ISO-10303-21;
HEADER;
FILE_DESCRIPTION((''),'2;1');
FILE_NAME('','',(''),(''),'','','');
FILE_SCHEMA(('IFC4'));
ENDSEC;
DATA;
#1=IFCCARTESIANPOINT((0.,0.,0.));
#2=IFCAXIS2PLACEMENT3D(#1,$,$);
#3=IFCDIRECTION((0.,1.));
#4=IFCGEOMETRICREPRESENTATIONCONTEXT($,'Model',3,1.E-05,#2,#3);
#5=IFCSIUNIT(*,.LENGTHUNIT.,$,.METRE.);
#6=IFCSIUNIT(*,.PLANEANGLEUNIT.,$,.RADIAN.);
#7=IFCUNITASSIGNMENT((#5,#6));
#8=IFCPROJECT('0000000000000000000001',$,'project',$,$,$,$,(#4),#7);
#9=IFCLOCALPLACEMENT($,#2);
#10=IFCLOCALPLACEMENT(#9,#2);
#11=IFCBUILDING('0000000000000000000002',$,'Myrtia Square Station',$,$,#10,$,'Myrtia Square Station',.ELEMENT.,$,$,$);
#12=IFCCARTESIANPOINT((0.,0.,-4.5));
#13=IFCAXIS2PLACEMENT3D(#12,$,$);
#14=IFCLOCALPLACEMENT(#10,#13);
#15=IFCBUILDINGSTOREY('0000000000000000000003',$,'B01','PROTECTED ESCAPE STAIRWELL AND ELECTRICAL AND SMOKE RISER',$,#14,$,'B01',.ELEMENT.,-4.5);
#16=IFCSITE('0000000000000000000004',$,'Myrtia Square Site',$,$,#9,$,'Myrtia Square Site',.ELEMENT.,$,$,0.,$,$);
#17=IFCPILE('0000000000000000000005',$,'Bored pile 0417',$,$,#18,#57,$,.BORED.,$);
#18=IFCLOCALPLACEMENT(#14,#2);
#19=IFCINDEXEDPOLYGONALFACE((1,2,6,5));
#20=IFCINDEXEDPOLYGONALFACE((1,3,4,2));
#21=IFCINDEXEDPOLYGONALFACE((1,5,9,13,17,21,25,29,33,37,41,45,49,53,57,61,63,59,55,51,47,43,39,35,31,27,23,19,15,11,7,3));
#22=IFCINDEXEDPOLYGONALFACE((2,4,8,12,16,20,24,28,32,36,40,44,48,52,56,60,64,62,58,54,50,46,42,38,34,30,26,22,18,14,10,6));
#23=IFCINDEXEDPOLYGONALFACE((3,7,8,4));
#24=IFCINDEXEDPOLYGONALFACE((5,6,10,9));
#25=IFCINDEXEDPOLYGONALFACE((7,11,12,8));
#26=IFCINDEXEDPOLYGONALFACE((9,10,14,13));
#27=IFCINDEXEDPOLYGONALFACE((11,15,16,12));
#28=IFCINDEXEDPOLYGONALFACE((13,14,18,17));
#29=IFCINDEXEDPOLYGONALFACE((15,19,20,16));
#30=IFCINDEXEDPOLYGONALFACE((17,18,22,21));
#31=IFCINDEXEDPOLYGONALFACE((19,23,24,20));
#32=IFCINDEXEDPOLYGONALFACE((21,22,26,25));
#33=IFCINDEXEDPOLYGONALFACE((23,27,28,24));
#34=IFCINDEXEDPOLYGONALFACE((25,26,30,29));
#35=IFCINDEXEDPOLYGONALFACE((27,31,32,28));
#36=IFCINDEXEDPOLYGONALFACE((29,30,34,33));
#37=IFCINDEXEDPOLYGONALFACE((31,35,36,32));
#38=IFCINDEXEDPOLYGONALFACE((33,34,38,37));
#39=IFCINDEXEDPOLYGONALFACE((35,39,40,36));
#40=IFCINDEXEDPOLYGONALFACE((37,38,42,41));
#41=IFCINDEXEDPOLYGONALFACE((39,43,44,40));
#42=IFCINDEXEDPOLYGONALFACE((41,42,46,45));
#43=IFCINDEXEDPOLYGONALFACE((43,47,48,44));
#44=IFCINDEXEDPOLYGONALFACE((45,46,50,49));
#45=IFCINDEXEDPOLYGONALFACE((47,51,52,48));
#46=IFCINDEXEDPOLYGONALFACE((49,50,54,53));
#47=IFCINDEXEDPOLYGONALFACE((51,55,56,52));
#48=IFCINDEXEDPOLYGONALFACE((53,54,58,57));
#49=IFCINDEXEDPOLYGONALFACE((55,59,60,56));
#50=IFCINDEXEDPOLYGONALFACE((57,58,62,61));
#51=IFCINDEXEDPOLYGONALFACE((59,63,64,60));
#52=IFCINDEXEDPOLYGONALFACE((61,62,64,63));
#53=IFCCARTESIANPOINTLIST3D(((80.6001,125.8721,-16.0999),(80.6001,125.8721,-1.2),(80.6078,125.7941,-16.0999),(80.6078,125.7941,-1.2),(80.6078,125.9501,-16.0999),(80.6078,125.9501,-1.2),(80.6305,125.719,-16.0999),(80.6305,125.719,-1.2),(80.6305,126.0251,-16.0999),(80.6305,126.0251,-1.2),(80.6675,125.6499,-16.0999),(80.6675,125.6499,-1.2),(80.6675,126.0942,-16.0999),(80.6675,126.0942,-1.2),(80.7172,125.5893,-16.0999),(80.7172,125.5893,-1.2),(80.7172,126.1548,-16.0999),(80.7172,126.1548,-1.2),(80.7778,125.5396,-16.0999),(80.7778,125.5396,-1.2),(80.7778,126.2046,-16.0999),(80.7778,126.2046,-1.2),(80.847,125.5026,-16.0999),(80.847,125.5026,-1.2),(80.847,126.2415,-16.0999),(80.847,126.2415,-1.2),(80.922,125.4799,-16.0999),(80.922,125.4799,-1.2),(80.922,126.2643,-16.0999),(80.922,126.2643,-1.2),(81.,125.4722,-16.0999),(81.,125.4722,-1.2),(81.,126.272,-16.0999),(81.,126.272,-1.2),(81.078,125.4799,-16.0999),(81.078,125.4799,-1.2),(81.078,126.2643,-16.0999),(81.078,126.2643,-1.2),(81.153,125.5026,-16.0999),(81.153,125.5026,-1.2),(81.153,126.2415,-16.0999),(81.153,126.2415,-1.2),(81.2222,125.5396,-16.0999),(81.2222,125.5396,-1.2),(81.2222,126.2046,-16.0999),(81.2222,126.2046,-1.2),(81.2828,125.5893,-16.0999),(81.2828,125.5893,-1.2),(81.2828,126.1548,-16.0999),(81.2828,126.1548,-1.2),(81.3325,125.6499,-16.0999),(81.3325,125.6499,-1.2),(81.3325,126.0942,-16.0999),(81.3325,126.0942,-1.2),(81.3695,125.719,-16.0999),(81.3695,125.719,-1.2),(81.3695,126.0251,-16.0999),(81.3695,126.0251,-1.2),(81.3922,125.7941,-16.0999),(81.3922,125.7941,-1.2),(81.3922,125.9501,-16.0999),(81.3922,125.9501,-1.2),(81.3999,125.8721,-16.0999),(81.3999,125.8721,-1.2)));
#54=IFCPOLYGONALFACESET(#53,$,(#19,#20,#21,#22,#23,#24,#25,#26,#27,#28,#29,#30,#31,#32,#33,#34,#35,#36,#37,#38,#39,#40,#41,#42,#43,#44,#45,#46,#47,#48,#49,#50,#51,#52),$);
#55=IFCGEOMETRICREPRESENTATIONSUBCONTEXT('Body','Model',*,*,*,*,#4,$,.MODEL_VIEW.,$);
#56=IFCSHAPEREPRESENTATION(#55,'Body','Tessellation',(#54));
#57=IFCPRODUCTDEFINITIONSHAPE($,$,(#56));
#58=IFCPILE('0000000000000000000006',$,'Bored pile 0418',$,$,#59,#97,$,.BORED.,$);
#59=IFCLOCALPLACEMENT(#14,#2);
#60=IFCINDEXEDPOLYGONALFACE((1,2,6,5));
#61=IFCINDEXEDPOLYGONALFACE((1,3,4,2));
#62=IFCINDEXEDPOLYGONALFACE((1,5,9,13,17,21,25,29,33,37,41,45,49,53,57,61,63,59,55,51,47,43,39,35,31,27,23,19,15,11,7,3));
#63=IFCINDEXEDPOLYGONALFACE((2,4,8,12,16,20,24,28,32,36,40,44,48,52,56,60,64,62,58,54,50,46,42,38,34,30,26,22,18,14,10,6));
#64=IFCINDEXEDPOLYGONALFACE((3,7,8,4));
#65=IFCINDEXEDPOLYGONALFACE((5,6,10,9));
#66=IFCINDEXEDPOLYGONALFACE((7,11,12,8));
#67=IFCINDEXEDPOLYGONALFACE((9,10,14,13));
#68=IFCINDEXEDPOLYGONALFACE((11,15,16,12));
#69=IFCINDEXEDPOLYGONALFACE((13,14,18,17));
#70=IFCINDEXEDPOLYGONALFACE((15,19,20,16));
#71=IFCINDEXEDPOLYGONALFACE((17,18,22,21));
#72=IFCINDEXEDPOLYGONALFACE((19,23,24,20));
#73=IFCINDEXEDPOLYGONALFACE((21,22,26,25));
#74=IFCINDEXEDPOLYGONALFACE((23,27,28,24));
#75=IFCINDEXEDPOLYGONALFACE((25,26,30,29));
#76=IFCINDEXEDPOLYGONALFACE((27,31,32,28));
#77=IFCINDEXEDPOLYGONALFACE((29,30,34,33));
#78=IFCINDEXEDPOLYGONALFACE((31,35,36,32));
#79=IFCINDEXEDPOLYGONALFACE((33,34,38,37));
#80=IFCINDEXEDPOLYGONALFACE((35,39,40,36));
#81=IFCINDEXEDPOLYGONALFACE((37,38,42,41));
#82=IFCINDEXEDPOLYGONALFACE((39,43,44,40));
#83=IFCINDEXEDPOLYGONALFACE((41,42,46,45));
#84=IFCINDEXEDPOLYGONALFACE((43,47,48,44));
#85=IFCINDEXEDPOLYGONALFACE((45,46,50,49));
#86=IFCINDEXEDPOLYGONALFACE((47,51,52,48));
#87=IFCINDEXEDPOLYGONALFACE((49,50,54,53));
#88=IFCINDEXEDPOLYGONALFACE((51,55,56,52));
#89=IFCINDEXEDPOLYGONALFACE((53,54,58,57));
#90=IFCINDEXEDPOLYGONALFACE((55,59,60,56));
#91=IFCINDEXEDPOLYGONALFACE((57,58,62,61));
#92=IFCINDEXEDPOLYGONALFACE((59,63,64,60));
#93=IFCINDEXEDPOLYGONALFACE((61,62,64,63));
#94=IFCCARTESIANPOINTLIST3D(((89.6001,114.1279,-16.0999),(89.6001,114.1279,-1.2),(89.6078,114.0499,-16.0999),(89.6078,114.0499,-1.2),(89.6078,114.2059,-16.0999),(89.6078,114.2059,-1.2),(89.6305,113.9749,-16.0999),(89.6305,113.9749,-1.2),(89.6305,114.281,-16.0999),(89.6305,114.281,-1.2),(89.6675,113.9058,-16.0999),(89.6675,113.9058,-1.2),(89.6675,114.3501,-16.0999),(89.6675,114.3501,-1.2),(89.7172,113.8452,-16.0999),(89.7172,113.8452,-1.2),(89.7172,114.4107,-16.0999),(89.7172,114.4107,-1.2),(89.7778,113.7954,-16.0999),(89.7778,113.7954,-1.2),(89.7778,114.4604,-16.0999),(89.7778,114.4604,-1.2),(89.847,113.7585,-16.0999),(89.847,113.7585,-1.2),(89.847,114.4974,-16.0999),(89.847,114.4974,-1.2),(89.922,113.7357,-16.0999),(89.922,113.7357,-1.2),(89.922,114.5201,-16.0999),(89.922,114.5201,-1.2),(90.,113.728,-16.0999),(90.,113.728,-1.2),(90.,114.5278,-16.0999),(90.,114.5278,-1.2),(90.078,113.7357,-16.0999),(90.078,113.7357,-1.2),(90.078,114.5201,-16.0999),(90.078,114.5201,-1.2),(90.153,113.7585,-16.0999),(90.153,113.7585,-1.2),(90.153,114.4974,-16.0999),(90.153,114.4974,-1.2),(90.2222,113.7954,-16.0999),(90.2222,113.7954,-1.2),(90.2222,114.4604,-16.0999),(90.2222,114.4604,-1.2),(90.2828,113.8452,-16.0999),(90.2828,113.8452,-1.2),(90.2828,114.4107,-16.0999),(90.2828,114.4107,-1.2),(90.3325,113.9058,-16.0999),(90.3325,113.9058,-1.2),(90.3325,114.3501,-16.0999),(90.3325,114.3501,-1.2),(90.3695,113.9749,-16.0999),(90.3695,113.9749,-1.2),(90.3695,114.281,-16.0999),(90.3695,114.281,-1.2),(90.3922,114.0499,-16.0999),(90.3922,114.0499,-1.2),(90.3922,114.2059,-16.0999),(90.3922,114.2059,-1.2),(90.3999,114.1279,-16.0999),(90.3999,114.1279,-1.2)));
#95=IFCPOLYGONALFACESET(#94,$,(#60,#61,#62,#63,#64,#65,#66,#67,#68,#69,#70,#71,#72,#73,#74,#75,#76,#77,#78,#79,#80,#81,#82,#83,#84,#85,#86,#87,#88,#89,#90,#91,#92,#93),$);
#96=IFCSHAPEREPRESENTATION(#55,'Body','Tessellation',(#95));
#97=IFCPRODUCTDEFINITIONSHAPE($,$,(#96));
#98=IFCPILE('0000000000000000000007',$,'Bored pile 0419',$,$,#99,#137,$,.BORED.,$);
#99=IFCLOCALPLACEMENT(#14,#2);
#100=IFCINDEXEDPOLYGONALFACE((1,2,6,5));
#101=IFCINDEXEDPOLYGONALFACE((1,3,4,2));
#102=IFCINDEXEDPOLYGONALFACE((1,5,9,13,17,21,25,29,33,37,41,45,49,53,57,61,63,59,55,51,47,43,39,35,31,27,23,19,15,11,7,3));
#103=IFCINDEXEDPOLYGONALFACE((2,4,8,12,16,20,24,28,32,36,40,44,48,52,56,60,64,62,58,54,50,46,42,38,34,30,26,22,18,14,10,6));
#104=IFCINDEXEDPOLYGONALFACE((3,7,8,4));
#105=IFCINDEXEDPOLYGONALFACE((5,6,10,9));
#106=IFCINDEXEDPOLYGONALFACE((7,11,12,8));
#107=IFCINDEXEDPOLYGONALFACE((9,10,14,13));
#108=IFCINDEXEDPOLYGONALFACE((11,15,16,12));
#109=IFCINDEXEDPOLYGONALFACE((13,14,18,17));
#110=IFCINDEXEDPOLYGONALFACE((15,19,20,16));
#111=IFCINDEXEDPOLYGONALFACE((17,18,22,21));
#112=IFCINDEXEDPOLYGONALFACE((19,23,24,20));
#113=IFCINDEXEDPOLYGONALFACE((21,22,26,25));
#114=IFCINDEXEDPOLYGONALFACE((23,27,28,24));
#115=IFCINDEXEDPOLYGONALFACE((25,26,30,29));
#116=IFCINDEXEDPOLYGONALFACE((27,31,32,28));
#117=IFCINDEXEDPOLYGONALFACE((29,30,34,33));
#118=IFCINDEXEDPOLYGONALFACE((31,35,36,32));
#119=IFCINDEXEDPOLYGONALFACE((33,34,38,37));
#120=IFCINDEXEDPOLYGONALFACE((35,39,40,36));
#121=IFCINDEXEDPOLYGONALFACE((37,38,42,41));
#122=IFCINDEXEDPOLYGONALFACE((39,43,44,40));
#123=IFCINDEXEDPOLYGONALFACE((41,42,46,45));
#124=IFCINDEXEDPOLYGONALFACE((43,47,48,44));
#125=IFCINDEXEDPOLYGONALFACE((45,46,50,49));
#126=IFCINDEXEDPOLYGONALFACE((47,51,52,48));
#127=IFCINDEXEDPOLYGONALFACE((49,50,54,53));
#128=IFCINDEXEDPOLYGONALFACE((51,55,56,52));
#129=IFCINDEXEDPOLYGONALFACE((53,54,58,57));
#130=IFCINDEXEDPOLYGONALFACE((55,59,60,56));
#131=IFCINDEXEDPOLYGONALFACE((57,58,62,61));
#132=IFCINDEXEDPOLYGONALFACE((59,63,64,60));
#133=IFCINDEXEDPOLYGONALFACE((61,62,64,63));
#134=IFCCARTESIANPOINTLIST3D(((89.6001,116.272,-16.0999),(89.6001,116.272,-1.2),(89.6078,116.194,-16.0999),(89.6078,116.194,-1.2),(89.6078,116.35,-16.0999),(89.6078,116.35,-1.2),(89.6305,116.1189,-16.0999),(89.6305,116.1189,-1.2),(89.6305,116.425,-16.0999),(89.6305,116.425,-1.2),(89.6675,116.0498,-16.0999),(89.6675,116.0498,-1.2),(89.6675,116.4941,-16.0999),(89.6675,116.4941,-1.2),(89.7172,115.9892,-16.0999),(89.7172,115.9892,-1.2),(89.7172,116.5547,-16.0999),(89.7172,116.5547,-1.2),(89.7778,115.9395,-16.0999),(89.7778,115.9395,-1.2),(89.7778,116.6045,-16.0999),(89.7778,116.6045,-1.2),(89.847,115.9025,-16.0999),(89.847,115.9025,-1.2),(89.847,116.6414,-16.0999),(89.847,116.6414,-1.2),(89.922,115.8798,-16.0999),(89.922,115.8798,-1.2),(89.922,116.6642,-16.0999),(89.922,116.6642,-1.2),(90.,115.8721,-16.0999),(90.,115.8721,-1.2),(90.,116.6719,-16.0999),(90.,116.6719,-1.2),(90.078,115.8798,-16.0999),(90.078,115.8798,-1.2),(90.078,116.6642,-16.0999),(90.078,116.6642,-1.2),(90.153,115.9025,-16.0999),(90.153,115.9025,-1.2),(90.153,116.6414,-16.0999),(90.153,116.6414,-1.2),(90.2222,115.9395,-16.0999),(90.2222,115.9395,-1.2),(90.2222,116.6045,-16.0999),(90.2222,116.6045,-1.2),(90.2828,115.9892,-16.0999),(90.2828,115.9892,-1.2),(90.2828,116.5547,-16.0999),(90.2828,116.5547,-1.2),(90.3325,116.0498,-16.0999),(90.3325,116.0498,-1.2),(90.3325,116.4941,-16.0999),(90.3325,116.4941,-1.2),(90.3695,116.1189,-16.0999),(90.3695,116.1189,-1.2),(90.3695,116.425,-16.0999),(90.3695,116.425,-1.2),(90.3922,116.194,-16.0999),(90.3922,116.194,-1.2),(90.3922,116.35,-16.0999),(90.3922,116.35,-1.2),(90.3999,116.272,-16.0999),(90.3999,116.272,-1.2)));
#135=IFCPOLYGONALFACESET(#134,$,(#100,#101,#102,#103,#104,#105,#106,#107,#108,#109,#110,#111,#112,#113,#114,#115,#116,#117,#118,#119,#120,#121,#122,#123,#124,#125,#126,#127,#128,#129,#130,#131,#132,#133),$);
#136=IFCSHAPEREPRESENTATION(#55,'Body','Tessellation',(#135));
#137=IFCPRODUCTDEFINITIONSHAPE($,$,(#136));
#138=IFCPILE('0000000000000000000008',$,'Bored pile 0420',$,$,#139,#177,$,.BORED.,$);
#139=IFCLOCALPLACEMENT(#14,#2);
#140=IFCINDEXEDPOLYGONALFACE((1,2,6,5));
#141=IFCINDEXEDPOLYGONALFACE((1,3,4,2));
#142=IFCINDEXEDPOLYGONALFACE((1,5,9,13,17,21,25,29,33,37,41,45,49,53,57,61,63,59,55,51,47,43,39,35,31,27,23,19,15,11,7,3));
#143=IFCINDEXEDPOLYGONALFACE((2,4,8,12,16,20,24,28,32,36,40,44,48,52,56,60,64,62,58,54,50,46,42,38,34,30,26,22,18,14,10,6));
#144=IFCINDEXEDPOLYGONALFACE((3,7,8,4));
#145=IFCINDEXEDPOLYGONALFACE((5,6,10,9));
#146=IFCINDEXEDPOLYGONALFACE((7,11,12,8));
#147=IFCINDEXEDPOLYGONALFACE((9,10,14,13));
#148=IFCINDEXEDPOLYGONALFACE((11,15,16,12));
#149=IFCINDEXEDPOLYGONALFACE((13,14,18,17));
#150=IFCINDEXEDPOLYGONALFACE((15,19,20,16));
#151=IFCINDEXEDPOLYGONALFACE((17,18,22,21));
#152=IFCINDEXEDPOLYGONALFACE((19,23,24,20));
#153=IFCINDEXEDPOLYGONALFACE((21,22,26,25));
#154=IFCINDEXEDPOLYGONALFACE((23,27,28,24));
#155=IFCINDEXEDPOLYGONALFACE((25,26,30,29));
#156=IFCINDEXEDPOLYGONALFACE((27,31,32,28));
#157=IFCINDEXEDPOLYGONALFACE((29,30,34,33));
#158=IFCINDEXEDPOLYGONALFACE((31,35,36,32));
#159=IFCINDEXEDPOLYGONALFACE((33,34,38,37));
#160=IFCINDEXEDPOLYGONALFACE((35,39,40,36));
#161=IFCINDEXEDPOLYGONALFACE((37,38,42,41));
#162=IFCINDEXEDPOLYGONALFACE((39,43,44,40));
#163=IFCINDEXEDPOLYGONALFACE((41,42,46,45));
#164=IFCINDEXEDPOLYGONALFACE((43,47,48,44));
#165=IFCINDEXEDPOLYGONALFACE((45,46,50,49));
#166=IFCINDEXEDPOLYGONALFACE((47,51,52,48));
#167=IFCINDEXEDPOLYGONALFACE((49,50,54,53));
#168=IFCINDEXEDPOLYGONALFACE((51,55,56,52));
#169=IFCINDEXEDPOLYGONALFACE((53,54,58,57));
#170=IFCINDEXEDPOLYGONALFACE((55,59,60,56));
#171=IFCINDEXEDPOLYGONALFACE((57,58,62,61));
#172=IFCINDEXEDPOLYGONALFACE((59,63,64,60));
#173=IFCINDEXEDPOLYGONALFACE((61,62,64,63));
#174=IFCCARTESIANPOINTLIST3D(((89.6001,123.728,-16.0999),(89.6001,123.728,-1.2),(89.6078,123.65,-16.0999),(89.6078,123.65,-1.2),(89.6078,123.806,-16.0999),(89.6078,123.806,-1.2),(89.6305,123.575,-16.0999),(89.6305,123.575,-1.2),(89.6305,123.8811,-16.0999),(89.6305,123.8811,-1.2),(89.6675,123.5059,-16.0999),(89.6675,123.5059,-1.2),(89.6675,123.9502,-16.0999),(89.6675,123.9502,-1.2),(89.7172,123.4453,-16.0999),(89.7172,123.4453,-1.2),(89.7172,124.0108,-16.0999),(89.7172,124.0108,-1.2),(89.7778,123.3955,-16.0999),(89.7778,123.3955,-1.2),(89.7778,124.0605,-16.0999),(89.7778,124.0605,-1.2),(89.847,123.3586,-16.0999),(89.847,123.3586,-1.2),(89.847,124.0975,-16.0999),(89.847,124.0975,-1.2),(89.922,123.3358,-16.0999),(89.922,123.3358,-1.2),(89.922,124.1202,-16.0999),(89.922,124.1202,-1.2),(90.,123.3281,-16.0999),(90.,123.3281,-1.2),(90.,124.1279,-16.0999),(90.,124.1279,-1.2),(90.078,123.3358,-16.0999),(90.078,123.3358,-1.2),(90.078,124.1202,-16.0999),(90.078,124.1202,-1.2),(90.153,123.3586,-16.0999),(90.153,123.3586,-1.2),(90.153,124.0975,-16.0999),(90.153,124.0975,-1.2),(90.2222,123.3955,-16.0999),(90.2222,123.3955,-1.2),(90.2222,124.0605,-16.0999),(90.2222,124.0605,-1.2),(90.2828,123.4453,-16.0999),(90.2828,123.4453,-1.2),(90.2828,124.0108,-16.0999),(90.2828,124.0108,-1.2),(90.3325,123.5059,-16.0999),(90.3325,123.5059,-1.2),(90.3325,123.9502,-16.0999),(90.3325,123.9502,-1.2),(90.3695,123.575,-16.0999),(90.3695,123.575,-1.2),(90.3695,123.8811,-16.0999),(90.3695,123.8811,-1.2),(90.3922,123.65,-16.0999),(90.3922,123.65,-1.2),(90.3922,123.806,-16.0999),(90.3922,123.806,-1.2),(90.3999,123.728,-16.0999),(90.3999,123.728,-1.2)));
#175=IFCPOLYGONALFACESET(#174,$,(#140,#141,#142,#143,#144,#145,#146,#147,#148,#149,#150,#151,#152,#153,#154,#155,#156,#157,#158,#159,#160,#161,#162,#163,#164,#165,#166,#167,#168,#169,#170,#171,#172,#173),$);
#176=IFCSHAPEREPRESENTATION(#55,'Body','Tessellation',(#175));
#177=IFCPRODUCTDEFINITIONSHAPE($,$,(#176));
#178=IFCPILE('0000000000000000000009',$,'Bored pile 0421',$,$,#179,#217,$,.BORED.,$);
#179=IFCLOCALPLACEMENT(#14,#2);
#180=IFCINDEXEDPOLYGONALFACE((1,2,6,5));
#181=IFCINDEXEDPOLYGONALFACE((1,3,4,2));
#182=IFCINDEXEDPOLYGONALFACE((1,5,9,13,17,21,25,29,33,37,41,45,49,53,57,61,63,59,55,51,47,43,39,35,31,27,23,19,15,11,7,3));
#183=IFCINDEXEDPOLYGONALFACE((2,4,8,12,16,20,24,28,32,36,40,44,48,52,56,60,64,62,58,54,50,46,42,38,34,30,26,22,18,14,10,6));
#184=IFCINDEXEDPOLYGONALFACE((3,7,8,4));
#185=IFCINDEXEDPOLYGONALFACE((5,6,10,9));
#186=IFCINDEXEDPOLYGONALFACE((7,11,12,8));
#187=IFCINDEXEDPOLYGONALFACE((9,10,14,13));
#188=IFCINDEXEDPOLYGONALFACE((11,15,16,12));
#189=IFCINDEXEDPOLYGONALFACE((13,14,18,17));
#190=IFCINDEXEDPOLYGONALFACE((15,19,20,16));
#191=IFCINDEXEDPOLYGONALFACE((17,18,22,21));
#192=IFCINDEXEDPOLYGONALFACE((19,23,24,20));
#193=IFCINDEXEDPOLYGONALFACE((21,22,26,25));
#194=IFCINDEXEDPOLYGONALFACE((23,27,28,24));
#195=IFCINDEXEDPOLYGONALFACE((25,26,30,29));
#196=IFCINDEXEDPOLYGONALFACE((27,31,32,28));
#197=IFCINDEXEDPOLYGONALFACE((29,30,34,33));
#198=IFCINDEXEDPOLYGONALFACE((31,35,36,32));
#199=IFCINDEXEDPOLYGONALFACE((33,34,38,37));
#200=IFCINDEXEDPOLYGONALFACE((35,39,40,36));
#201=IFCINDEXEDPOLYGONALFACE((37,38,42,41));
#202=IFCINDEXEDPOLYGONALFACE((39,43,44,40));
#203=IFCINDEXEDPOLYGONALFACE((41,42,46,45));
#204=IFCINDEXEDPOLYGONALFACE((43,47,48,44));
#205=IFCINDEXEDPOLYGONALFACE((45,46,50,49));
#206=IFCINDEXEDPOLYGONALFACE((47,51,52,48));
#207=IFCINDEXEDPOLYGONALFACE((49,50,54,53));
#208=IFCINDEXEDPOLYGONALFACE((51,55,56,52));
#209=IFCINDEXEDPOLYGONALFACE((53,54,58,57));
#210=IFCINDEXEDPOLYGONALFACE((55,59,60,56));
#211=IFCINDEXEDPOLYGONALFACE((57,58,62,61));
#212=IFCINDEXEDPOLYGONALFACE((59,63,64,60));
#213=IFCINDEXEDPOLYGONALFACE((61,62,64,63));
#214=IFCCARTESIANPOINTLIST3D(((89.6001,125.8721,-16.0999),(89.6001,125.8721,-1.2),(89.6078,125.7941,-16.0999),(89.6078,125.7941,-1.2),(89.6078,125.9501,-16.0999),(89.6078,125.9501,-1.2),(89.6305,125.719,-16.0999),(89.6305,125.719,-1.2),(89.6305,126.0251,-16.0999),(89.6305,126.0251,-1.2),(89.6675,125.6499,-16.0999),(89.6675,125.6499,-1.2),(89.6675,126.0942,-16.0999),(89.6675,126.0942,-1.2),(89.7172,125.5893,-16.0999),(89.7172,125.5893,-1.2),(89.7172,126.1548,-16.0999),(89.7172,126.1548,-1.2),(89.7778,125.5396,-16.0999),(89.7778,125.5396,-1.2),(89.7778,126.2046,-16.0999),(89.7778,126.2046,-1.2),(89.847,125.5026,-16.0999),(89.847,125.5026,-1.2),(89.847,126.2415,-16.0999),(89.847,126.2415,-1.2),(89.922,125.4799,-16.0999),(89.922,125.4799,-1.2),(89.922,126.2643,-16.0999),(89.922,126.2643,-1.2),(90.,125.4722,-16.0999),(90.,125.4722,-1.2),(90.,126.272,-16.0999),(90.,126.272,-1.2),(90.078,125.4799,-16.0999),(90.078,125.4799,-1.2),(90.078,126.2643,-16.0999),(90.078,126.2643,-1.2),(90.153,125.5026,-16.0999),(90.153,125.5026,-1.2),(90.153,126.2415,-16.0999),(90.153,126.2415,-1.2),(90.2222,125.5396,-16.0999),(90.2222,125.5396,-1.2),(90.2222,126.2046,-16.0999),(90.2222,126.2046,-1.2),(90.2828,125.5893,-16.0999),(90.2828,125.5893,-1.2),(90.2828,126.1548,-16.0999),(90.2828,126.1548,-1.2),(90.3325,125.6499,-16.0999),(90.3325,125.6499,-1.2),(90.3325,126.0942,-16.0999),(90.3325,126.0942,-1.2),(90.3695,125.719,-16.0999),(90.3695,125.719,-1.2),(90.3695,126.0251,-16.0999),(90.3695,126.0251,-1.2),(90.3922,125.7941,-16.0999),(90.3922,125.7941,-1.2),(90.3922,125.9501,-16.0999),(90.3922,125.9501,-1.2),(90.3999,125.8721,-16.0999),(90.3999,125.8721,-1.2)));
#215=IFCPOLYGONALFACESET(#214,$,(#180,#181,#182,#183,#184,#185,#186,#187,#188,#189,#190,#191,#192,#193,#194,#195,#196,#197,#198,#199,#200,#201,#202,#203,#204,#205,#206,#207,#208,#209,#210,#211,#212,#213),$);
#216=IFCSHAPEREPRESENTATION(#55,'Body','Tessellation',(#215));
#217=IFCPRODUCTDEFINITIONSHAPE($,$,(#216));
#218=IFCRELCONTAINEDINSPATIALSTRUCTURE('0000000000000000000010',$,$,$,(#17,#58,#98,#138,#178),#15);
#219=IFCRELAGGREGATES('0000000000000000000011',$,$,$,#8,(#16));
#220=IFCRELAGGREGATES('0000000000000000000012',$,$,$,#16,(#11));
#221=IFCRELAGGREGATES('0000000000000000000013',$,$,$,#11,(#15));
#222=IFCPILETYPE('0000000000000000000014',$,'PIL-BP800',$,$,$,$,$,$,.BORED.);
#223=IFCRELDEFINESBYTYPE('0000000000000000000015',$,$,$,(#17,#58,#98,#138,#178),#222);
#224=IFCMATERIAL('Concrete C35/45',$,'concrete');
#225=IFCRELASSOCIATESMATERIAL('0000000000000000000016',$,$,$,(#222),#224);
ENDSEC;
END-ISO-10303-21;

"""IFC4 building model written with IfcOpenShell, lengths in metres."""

from ifc_helpers import new_model, si_unit, direction, frame, origin, origin_2d, place, context, subcontext, project, spatial, circle, extrude, material, material_profile, profile_set, type_object, element, save


model = new_model("IFC4")

# Units and contexts
model_context = context("Model", 3, precision=1e-05, world=origin(), true_north=direction((0.0, 1.0)))
body_context = subcontext(model_context, "Body", "Model", "MODEL_VIEW")
ifc_project = project(units=[si_unit("LENGTHUNIT", "METRE"), si_unit("PLANEANGLEUNIT", "RADIAN")], contexts=[model_context])

# Site, building, storey
site_placement = place(None, origin())
site = spatial("IfcSite", under=ifc_project, at=site_placement, Name="Myrtia Square Site", LongName="Myrtia Square Site", CompositionType="ELEMENT", RefElevation=0.0)
building_placement = place(site_placement, origin())
building = spatial("IfcBuilding", under=site, at=building_placement, Name="Myrtia Square Station", LongName="Myrtia Square Station", CompositionType="ELEMENT")
storey_placement = place(building_placement, frame((0.0, 0.0, -4.5)))
storey = spatial("IfcBuildingStorey", under=building, at=storey_placement, Name="B01", Description="PROTECTED ESCAPE STAIRWELL AND ELECTRICAL AND SMOKE RISER", LongName="B01", CompositionType="ELEMENT", Elevation=-4.5)

# Shared definitions
ifc_material_1 = material(Name="Concrete C35/45", Category="concrete")

# Piles
ifc_material_profile_1 = material_profile(ifc_material_1, circle(Radius=0.3999, at=origin_2d()), Name="BP D800")
ifc_profile_set_1 = profile_set([ifc_material_profile_1], Name="Concrete C35/45")
pile_type = type_object("IfcPileType", Name="PIL-BP800", PredefinedType="BORED", material=ifc_profile_set_1)
for number, where, z_axis, x_axis, name in (
    (1, (81.0, 125.8721, -1.2), (0.0, 0.0, -1.0), (1.0, 0.0, 0.0), "Bored pile 0417"),
    (2, (90.0, 114.1279, -1.2), (0.0, 0.0, -1.0), (1.0, 0.0, 0.0), "Bored pile 0418"),
    (3, (90.0, 116.272, -1.2), (0.0, 0.0, -1.0), (1.0, 0.0, 0.0), "Bored pile 0419"),
    (4, (90.0, 123.728, -1.2), (0.0, 0.0, -1.0), (1.0, 0.0, 0.0), "Bored pile 0420"),
    (5, (90.0, 125.8721, -1.2), (0.0, 0.0, -1.0), (1.0, 0.0, 0.0), "Bored pile 0421"),
):
    element("IfcPile", number, at=place(storey_placement, frame(where, z_axis=z_axis, x_axis=x_axis)), inside=storey, type_object=pile_type, Name=name, PredefinedType="BORED", context=body_context, shape_type="SweptSolid", body=[
        extrude(circle(Radius=0.3999, at=origin_2d()), origin(), (0.0, 0.0, 1.0), 14.8999),
    ])

save(model, "model.ifc")
